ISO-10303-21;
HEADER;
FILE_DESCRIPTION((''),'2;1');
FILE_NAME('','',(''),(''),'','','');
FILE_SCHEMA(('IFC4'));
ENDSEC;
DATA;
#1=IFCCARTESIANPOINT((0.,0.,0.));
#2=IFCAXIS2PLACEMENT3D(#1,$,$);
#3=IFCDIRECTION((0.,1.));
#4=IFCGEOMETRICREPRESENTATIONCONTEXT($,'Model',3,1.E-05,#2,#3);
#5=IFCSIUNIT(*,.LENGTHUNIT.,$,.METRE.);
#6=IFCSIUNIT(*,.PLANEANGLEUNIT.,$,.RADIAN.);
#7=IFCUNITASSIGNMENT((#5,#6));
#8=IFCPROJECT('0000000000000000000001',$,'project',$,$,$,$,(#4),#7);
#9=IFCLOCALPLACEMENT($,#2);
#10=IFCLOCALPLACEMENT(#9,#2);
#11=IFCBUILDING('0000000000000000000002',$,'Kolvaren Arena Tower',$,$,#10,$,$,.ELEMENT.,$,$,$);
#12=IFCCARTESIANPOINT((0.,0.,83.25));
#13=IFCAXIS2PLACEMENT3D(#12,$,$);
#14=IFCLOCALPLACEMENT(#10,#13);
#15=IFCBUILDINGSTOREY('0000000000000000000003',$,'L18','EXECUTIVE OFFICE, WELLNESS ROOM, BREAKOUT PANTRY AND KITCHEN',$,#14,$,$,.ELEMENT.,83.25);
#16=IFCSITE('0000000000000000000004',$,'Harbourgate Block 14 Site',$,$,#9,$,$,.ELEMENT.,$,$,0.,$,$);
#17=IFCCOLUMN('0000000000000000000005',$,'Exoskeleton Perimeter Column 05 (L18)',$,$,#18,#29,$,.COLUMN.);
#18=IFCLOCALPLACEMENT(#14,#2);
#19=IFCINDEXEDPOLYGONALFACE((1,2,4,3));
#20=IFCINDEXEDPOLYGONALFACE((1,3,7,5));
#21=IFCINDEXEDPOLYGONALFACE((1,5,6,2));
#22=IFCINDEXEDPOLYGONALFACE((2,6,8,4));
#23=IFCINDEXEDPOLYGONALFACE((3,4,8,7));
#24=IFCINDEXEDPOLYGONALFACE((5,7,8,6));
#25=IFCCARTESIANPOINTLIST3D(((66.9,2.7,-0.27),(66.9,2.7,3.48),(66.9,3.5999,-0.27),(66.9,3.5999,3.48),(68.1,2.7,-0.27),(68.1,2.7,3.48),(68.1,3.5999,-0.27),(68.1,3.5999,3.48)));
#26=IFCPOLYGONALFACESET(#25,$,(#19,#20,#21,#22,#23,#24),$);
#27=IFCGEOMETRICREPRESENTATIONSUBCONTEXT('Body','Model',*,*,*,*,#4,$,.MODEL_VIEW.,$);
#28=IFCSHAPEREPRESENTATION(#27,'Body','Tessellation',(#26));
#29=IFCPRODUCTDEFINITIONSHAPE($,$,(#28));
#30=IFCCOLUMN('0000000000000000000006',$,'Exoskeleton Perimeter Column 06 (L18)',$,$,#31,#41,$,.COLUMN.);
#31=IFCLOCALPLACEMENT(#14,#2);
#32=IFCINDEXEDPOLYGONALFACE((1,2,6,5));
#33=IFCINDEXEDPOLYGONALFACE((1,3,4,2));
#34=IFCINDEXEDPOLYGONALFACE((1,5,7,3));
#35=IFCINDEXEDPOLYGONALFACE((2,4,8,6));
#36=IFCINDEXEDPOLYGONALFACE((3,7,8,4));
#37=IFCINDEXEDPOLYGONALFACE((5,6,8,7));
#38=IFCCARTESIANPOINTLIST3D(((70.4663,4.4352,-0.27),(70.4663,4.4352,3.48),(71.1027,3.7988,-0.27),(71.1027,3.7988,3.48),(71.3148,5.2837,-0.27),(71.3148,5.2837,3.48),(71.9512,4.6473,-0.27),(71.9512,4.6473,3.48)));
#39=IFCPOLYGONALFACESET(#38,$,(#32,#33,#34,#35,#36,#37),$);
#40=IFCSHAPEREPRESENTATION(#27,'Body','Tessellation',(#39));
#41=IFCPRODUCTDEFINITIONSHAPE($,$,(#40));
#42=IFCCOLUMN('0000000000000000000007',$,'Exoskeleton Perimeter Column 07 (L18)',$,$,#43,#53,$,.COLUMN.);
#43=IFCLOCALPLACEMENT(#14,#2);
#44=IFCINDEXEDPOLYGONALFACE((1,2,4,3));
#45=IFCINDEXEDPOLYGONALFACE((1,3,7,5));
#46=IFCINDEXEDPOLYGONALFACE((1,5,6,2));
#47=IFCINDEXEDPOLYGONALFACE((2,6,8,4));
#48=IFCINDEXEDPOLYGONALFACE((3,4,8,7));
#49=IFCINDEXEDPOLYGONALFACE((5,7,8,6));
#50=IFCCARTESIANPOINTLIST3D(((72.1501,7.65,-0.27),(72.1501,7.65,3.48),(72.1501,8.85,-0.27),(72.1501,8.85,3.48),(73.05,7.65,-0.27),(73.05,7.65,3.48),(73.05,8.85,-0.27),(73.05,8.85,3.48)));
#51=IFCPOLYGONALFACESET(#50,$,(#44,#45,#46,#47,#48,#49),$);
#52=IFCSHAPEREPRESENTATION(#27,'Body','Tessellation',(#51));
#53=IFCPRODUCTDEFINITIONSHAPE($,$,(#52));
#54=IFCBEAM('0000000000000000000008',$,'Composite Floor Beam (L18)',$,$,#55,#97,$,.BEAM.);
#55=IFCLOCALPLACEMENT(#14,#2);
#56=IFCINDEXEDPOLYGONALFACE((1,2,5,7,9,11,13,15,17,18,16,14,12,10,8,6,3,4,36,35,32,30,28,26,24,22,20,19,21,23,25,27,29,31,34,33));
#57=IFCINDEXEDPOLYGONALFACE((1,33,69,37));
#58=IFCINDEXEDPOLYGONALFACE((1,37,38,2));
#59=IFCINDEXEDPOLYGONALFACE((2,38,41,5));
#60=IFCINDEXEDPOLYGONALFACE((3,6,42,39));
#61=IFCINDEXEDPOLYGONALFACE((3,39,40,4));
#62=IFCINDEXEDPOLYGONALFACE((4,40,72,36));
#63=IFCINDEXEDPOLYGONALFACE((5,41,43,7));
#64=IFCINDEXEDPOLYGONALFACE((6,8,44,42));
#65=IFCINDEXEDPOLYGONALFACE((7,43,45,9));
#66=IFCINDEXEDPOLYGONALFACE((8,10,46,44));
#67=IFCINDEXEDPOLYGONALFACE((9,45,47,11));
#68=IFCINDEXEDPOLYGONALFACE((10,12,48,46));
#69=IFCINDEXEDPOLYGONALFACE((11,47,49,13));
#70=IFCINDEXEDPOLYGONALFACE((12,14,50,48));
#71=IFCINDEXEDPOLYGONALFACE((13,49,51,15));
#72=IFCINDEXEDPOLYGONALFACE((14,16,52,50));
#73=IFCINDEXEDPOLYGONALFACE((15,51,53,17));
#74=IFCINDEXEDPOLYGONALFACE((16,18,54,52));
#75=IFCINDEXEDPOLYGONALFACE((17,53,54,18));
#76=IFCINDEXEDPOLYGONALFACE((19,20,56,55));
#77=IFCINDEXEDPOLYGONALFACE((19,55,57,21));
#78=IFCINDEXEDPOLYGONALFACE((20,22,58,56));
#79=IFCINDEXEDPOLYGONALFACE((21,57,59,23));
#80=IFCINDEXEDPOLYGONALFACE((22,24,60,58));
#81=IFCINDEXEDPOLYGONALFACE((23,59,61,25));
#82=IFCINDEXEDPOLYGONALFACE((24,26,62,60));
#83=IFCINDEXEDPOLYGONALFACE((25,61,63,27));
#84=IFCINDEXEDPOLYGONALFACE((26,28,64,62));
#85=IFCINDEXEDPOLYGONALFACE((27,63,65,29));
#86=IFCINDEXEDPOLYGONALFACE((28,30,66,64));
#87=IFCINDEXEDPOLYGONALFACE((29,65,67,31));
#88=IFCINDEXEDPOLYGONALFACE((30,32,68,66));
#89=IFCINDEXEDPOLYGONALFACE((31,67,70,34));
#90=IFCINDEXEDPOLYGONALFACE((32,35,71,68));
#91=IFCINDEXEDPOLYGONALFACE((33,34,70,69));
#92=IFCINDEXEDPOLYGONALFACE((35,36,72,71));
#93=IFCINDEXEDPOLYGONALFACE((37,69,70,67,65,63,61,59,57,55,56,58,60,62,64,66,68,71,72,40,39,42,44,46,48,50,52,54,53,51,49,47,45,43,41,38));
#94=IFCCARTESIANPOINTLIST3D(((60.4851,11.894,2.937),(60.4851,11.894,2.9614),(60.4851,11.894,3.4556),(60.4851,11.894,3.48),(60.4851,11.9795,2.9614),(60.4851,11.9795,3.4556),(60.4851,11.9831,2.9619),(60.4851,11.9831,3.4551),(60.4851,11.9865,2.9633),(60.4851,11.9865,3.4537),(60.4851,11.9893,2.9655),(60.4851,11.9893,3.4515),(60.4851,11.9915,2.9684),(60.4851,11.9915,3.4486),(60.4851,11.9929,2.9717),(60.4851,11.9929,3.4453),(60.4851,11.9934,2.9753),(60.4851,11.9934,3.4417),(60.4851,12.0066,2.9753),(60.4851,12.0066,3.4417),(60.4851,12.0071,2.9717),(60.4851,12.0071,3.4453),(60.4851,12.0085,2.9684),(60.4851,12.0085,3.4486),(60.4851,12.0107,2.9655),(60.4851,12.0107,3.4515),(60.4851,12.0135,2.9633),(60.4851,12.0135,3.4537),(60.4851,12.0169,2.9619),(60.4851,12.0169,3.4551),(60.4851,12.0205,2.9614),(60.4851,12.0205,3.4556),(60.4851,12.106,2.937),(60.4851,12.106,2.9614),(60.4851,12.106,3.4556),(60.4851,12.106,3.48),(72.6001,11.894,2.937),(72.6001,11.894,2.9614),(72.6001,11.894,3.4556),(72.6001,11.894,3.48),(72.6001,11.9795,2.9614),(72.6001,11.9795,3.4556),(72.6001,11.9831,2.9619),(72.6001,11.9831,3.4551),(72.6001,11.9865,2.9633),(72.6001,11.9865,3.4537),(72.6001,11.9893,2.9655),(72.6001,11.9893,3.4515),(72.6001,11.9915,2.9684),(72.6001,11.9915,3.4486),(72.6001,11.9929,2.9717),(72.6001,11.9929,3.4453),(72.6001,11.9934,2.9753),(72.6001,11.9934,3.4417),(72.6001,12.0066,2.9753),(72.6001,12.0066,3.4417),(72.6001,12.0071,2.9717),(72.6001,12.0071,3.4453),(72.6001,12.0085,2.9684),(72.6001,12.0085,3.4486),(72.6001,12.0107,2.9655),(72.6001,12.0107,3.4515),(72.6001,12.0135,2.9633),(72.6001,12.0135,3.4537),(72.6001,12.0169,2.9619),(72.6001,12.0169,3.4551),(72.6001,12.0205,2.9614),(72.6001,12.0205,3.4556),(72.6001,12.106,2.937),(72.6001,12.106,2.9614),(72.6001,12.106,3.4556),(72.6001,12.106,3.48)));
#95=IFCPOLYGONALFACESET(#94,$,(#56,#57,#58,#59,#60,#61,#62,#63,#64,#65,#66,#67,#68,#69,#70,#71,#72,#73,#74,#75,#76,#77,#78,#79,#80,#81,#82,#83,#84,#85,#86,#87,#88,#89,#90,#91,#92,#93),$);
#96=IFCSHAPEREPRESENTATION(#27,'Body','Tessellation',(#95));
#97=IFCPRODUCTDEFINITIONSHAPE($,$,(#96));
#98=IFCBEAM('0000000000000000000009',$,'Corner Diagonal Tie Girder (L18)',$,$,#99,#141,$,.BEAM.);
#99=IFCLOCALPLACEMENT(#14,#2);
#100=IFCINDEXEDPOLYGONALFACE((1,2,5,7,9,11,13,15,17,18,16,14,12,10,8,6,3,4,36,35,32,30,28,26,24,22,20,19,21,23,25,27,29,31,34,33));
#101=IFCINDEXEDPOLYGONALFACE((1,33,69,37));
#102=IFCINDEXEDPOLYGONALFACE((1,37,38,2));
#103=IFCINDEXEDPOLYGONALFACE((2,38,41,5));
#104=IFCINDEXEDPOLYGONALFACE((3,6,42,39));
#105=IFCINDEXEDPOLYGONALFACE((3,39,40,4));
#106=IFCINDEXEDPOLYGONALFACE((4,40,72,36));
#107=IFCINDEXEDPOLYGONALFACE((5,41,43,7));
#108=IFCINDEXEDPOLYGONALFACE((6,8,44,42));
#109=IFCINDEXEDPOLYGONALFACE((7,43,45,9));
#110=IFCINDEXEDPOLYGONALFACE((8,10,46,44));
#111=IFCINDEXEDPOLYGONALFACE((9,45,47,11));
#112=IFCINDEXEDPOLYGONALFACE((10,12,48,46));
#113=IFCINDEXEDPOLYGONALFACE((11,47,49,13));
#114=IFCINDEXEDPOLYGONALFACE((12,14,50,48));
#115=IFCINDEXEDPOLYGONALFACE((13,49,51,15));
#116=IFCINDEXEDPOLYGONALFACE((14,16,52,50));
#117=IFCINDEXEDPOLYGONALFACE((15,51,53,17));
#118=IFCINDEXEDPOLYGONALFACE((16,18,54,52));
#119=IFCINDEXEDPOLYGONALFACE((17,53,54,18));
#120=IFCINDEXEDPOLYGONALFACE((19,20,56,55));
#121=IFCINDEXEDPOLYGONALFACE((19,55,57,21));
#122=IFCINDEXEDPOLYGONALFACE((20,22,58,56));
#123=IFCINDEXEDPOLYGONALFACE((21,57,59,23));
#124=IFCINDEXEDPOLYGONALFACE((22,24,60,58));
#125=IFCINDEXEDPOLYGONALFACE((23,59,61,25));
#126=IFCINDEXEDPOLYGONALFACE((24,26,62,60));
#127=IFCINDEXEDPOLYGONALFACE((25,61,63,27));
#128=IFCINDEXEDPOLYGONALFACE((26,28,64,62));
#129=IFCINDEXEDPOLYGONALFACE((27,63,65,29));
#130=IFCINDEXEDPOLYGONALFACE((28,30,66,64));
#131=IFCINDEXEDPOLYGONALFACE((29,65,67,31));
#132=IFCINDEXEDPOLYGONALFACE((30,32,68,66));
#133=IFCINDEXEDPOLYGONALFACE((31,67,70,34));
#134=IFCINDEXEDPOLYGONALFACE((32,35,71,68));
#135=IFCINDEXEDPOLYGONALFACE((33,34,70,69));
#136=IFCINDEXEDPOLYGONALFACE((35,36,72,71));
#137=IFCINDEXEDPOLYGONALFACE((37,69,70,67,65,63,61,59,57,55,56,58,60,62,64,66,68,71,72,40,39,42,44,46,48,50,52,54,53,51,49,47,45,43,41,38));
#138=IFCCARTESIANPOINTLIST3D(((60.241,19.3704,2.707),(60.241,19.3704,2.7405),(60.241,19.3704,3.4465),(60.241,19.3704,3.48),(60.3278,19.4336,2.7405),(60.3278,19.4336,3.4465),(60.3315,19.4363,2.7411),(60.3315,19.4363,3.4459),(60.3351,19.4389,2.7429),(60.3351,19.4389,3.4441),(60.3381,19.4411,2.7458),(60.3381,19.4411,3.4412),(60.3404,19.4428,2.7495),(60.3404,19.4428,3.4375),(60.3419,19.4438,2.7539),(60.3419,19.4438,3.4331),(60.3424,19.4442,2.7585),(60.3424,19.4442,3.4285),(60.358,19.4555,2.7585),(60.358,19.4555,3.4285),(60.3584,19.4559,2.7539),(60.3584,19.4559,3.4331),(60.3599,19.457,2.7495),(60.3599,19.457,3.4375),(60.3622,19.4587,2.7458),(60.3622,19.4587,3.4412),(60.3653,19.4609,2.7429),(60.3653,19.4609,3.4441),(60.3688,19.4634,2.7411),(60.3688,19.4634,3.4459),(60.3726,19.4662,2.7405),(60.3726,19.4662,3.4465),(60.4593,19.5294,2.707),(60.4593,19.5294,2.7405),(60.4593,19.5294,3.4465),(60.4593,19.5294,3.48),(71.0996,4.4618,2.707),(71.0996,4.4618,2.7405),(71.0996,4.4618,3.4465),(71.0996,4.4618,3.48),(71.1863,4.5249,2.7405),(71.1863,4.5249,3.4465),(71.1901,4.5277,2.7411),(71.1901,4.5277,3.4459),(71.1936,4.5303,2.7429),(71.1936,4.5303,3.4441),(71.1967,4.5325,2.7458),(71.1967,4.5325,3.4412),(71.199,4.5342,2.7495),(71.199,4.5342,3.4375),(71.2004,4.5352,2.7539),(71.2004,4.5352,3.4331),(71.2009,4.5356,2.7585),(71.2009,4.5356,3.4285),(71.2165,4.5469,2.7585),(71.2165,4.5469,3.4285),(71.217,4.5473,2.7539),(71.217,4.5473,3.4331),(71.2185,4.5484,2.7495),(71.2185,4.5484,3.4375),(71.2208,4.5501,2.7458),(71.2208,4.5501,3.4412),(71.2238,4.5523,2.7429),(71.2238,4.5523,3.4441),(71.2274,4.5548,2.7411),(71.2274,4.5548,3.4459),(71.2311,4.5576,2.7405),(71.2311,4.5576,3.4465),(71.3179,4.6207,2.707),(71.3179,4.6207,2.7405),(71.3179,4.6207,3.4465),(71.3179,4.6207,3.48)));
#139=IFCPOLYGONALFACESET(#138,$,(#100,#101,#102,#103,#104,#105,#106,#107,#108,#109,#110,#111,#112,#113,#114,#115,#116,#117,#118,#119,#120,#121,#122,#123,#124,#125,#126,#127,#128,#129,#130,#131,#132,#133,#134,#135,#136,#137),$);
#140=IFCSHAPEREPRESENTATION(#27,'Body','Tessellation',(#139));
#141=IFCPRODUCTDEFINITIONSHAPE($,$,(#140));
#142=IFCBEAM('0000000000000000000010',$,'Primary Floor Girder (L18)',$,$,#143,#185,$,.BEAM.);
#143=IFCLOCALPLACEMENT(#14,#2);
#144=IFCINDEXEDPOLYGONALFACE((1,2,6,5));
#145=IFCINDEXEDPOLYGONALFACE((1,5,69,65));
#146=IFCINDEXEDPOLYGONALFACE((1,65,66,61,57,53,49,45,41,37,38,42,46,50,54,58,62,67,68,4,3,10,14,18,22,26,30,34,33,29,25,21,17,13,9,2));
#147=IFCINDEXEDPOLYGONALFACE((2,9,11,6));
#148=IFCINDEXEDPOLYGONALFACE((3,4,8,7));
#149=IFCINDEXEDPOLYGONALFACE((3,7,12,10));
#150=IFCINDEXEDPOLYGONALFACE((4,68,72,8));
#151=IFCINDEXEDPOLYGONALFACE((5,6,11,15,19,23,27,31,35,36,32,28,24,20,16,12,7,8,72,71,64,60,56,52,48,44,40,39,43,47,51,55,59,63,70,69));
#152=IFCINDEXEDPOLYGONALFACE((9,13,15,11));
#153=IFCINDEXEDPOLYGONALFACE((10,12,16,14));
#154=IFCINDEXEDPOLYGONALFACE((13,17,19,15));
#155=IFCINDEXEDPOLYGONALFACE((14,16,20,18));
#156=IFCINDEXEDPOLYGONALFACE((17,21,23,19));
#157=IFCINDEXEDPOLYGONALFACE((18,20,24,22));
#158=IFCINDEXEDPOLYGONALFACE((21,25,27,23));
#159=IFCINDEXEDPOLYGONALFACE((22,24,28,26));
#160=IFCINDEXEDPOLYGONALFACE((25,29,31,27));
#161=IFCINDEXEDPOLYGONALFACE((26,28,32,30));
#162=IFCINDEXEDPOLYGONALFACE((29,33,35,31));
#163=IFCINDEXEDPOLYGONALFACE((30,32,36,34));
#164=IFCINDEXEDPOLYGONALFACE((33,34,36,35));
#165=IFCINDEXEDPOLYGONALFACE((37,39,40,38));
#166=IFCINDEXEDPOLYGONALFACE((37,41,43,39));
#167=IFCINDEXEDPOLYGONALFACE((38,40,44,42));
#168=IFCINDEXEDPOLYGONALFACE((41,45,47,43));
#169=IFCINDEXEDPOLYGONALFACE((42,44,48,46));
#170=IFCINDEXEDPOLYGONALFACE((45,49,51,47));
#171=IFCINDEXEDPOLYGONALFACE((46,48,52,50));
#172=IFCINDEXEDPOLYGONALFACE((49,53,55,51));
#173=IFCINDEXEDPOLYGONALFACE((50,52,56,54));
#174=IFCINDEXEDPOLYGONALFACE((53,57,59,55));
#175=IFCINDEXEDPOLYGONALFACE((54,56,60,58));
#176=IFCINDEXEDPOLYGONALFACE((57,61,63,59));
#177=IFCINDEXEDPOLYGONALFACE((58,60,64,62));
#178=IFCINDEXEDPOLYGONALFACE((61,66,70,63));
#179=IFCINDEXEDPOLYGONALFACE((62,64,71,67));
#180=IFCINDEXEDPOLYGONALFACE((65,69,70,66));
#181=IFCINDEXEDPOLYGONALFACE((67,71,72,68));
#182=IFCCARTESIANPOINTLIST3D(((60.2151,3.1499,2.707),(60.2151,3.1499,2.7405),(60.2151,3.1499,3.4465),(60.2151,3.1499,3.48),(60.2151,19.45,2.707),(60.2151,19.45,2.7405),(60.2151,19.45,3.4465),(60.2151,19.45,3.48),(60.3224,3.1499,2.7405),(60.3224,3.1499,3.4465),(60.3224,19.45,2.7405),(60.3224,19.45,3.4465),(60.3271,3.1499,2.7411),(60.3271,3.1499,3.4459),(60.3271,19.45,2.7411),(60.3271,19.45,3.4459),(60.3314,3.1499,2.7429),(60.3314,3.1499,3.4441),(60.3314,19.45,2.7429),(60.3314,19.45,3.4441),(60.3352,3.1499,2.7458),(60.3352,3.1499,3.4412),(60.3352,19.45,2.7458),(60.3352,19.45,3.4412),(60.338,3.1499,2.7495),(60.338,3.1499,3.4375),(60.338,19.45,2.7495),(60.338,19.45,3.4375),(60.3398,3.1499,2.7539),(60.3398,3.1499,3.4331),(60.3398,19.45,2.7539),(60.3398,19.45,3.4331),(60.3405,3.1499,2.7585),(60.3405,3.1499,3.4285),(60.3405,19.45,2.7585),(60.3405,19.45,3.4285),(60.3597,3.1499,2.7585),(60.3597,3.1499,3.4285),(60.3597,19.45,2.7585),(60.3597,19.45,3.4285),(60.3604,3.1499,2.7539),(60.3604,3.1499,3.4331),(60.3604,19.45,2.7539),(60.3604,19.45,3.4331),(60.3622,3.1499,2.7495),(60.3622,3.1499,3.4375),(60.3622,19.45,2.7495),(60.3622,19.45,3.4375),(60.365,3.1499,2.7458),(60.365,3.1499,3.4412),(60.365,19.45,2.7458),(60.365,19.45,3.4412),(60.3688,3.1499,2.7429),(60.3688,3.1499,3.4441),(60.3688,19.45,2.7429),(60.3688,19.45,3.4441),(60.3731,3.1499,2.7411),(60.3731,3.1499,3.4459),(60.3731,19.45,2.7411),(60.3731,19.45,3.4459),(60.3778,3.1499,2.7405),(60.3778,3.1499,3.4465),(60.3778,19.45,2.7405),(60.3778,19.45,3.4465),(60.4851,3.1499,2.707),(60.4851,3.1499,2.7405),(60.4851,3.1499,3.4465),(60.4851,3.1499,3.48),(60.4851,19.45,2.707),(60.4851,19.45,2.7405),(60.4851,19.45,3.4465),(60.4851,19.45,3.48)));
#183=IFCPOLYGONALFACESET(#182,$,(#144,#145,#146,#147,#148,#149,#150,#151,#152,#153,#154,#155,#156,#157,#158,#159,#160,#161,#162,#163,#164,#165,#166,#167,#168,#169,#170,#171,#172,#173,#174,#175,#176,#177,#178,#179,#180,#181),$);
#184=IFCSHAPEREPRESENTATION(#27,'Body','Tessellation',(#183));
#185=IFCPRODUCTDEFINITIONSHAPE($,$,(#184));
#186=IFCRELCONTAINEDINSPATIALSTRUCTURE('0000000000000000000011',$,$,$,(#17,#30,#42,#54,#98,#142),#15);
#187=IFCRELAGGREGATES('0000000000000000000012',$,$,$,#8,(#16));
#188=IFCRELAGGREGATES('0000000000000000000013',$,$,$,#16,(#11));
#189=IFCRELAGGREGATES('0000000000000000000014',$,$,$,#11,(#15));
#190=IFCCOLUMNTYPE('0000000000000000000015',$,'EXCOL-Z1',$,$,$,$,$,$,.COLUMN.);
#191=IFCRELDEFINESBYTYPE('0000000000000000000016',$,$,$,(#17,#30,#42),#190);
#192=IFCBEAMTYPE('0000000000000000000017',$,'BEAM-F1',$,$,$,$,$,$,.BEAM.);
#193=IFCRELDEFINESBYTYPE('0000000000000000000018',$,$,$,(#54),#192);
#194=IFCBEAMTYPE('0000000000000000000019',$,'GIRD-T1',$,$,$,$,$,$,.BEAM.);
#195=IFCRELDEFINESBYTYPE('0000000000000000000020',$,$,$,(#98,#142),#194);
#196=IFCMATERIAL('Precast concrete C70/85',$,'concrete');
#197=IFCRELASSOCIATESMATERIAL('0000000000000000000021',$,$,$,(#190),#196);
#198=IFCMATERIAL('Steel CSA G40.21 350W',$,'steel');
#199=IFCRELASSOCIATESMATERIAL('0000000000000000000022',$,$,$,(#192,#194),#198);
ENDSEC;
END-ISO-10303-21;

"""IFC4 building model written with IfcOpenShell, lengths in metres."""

from ifc_helpers import new_model, si_unit, direction, frame, origin, origin_2d, place, context, subcontext, project, spatial, rectangle, i_section, extrude, material, material_profile, profile_set, type_object, element, save


model = new_model("IFC4")

# Units and contexts
model_context = context("Model", 3, precision=1e-05, world=origin(), true_north=direction((0.0, 1.0)))
body_context = subcontext(model_context, "Body", "Model", "MODEL_VIEW")
ifc_project = project(units=[si_unit("LENGTHUNIT", "METRE"), si_unit("PLANEANGLEUNIT", "RADIAN")], contexts=[model_context])

# Site, building, storey
site_placement = place(None, origin())
site = spatial("IfcSite", under=ifc_project, at=site_placement, Name="Harbourgate Block 14 Site", CompositionType="ELEMENT", RefElevation=0.0)
building_placement = place(site_placement, origin())
building = spatial("IfcBuilding", under=site, at=building_placement, Name="Kolvaren Arena Tower", CompositionType="ELEMENT")
storey_placement = place(building_placement, frame((0.0, 0.0, 83.25)))
storey = spatial("IfcBuildingStorey", under=building, at=storey_placement, Name="L18", Description="EXECUTIVE OFFICE, WELLNESS ROOM, BREAKOUT PANTRY AND KITCHEN", CompositionType="ELEMENT", Elevation=83.25)

# Columns
ifc_material_1 = material(Name="Precast concrete C70/85", Category="concrete")
ifc_material_profile_1 = material_profile(ifc_material_1, rectangle(XDim=1.2, YDim=0.8999, at=origin_2d()), Name="RC-1200x900")
ifc_profile_set_1 = profile_set([ifc_material_profile_1], Name="Precast concrete C70/85")
column_type = type_object("IfcColumnType", Name="EXCOL-Z1", PredefinedType="COLUMN", material=ifc_profile_set_1)
for number, where, z_axis, x_axis, name in (
    (1, (67.5, 3.1499, -0.27), (0.0, 0.0, 1.0), (1.0, 0.0, 0.0), "Exoskeleton Perimeter Column 05 (L18)"),
    (2, (71.2087, 4.5413, -0.27), (0.0, 0.0, 1.0), (0.707107, 0.707107, 0.0), "Exoskeleton Perimeter Column 06 (L18)"),
    (3, (72.6001, 8.25, -0.27), (0.0, 0.0, 1.0), (0.0, 1.0, 0.0), "Exoskeleton Perimeter Column 07 (L18)"),
):
    element("IfcColumn", number, at=place(storey_placement, frame(where, z_axis=z_axis, x_axis=x_axis)), inside=storey, type_object=column_type, Name=name, PredefinedType="COLUMN", context=body_context, shape_type="SweptSolid", body=[
        extrude(rectangle(XDim=1.2, YDim=0.8999, at=origin_2d()), origin(), (0.0, 0.0, 1.0), 3.75),
    ])

# Beams
ifc_material_2 = material(Name="Steel CSA G40.21 350W", Category="steel")
ifc_material_profile_2 = material_profile(ifc_material_2, i_section(OverallWidth=0.2119, OverallDepth=0.543, WebThickness=0.0132, FlangeThickness=0.0244, FilletRadius=0.0139, at=origin_2d()), Name="W530x150")
ifc_profile_set_2 = profile_set([ifc_material_profile_2], Name="Steel CSA G40.21 350W")
beam_type_1 = type_object("IfcBeamType", Name="BEAM-F1", PredefinedType="BEAM", material=ifc_profile_set_2)
beam_1_placement = place(storey_placement, frame((60.4851, 12.0, 3.2085), z_axis=(1.0, 0.0, 0.0), x_axis=(0.0, 1.0, 0.0)))
element("IfcBeam", 4, at=beam_1_placement, inside=storey, type_object=beam_type_1, Name="Composite Floor Beam (L18)", PredefinedType="BEAM", context=body_context, shape_type="SweptSolid", body=[
    extrude(i_section(OverallWidth=0.2119, OverallDepth=0.543, WebThickness=0.0132, FlangeThickness=0.0244, FilletRadius=0.0139, at=origin_2d()), origin(), (0.0, 0.0, 1.0), 12.115),
])
ifc_material_profile_3 = material_profile(ifc_material_2, i_section(OverallWidth=0.27, OverallDepth=0.7729, WebThickness=0.0193, FlangeThickness=0.0334, FilletRadius=0.0181, at=origin_2d()), Name="W760x257")
ifc_profile_set_3 = profile_set([ifc_material_profile_3], Name="Steel CSA G40.21 350W")
beam_type_2 = type_object("IfcBeamType", Name="GIRD-T1", PredefinedType="BEAM", material=ifc_profile_set_3)
beam_2_placement = place(storey_placement, frame((71.2087, 4.5413, 3.0935), z_axis=(-0.588737, 0.808324, 0.0), x_axis=(-0.808324, -0.588737, 0.0)))
element("IfcBeam", 5, at=beam_2_placement, inside=storey, type_object=beam_type_2, Name="Corner Diagonal Tie Girder (L18)", PredefinedType="BEAM", context=body_context, shape_type="SweptSolid", body=[
    extrude(i_section(OverallWidth=0.27, OverallDepth=0.7729, WebThickness=0.0193, FlangeThickness=0.0334, FilletRadius=0.0181, at=origin_2d()), origin(), (0.0, 0.0, 1.0), 18.4438),
])
beam_3_placement = place(storey_placement, frame((60.3501, 3.1499, 3.0935), z_axis=(0.0, 1.0, 0.0), x_axis=(-1.0, 0.0, 0.0)))
element("IfcBeam", 6, at=beam_3_placement, inside=storey, type_object=beam_type_2, Name="Primary Floor Girder (L18)", PredefinedType="BEAM", context=body_context, shape_type="SweptSolid", body=[
    extrude(i_section(OverallWidth=0.27, OverallDepth=0.7729, WebThickness=0.0193, FlangeThickness=0.0334, FilletRadius=0.0181, at=origin_2d()), origin(), (0.0, 0.0, 1.0), 16.3),
])

save(model, "model.ifc")
